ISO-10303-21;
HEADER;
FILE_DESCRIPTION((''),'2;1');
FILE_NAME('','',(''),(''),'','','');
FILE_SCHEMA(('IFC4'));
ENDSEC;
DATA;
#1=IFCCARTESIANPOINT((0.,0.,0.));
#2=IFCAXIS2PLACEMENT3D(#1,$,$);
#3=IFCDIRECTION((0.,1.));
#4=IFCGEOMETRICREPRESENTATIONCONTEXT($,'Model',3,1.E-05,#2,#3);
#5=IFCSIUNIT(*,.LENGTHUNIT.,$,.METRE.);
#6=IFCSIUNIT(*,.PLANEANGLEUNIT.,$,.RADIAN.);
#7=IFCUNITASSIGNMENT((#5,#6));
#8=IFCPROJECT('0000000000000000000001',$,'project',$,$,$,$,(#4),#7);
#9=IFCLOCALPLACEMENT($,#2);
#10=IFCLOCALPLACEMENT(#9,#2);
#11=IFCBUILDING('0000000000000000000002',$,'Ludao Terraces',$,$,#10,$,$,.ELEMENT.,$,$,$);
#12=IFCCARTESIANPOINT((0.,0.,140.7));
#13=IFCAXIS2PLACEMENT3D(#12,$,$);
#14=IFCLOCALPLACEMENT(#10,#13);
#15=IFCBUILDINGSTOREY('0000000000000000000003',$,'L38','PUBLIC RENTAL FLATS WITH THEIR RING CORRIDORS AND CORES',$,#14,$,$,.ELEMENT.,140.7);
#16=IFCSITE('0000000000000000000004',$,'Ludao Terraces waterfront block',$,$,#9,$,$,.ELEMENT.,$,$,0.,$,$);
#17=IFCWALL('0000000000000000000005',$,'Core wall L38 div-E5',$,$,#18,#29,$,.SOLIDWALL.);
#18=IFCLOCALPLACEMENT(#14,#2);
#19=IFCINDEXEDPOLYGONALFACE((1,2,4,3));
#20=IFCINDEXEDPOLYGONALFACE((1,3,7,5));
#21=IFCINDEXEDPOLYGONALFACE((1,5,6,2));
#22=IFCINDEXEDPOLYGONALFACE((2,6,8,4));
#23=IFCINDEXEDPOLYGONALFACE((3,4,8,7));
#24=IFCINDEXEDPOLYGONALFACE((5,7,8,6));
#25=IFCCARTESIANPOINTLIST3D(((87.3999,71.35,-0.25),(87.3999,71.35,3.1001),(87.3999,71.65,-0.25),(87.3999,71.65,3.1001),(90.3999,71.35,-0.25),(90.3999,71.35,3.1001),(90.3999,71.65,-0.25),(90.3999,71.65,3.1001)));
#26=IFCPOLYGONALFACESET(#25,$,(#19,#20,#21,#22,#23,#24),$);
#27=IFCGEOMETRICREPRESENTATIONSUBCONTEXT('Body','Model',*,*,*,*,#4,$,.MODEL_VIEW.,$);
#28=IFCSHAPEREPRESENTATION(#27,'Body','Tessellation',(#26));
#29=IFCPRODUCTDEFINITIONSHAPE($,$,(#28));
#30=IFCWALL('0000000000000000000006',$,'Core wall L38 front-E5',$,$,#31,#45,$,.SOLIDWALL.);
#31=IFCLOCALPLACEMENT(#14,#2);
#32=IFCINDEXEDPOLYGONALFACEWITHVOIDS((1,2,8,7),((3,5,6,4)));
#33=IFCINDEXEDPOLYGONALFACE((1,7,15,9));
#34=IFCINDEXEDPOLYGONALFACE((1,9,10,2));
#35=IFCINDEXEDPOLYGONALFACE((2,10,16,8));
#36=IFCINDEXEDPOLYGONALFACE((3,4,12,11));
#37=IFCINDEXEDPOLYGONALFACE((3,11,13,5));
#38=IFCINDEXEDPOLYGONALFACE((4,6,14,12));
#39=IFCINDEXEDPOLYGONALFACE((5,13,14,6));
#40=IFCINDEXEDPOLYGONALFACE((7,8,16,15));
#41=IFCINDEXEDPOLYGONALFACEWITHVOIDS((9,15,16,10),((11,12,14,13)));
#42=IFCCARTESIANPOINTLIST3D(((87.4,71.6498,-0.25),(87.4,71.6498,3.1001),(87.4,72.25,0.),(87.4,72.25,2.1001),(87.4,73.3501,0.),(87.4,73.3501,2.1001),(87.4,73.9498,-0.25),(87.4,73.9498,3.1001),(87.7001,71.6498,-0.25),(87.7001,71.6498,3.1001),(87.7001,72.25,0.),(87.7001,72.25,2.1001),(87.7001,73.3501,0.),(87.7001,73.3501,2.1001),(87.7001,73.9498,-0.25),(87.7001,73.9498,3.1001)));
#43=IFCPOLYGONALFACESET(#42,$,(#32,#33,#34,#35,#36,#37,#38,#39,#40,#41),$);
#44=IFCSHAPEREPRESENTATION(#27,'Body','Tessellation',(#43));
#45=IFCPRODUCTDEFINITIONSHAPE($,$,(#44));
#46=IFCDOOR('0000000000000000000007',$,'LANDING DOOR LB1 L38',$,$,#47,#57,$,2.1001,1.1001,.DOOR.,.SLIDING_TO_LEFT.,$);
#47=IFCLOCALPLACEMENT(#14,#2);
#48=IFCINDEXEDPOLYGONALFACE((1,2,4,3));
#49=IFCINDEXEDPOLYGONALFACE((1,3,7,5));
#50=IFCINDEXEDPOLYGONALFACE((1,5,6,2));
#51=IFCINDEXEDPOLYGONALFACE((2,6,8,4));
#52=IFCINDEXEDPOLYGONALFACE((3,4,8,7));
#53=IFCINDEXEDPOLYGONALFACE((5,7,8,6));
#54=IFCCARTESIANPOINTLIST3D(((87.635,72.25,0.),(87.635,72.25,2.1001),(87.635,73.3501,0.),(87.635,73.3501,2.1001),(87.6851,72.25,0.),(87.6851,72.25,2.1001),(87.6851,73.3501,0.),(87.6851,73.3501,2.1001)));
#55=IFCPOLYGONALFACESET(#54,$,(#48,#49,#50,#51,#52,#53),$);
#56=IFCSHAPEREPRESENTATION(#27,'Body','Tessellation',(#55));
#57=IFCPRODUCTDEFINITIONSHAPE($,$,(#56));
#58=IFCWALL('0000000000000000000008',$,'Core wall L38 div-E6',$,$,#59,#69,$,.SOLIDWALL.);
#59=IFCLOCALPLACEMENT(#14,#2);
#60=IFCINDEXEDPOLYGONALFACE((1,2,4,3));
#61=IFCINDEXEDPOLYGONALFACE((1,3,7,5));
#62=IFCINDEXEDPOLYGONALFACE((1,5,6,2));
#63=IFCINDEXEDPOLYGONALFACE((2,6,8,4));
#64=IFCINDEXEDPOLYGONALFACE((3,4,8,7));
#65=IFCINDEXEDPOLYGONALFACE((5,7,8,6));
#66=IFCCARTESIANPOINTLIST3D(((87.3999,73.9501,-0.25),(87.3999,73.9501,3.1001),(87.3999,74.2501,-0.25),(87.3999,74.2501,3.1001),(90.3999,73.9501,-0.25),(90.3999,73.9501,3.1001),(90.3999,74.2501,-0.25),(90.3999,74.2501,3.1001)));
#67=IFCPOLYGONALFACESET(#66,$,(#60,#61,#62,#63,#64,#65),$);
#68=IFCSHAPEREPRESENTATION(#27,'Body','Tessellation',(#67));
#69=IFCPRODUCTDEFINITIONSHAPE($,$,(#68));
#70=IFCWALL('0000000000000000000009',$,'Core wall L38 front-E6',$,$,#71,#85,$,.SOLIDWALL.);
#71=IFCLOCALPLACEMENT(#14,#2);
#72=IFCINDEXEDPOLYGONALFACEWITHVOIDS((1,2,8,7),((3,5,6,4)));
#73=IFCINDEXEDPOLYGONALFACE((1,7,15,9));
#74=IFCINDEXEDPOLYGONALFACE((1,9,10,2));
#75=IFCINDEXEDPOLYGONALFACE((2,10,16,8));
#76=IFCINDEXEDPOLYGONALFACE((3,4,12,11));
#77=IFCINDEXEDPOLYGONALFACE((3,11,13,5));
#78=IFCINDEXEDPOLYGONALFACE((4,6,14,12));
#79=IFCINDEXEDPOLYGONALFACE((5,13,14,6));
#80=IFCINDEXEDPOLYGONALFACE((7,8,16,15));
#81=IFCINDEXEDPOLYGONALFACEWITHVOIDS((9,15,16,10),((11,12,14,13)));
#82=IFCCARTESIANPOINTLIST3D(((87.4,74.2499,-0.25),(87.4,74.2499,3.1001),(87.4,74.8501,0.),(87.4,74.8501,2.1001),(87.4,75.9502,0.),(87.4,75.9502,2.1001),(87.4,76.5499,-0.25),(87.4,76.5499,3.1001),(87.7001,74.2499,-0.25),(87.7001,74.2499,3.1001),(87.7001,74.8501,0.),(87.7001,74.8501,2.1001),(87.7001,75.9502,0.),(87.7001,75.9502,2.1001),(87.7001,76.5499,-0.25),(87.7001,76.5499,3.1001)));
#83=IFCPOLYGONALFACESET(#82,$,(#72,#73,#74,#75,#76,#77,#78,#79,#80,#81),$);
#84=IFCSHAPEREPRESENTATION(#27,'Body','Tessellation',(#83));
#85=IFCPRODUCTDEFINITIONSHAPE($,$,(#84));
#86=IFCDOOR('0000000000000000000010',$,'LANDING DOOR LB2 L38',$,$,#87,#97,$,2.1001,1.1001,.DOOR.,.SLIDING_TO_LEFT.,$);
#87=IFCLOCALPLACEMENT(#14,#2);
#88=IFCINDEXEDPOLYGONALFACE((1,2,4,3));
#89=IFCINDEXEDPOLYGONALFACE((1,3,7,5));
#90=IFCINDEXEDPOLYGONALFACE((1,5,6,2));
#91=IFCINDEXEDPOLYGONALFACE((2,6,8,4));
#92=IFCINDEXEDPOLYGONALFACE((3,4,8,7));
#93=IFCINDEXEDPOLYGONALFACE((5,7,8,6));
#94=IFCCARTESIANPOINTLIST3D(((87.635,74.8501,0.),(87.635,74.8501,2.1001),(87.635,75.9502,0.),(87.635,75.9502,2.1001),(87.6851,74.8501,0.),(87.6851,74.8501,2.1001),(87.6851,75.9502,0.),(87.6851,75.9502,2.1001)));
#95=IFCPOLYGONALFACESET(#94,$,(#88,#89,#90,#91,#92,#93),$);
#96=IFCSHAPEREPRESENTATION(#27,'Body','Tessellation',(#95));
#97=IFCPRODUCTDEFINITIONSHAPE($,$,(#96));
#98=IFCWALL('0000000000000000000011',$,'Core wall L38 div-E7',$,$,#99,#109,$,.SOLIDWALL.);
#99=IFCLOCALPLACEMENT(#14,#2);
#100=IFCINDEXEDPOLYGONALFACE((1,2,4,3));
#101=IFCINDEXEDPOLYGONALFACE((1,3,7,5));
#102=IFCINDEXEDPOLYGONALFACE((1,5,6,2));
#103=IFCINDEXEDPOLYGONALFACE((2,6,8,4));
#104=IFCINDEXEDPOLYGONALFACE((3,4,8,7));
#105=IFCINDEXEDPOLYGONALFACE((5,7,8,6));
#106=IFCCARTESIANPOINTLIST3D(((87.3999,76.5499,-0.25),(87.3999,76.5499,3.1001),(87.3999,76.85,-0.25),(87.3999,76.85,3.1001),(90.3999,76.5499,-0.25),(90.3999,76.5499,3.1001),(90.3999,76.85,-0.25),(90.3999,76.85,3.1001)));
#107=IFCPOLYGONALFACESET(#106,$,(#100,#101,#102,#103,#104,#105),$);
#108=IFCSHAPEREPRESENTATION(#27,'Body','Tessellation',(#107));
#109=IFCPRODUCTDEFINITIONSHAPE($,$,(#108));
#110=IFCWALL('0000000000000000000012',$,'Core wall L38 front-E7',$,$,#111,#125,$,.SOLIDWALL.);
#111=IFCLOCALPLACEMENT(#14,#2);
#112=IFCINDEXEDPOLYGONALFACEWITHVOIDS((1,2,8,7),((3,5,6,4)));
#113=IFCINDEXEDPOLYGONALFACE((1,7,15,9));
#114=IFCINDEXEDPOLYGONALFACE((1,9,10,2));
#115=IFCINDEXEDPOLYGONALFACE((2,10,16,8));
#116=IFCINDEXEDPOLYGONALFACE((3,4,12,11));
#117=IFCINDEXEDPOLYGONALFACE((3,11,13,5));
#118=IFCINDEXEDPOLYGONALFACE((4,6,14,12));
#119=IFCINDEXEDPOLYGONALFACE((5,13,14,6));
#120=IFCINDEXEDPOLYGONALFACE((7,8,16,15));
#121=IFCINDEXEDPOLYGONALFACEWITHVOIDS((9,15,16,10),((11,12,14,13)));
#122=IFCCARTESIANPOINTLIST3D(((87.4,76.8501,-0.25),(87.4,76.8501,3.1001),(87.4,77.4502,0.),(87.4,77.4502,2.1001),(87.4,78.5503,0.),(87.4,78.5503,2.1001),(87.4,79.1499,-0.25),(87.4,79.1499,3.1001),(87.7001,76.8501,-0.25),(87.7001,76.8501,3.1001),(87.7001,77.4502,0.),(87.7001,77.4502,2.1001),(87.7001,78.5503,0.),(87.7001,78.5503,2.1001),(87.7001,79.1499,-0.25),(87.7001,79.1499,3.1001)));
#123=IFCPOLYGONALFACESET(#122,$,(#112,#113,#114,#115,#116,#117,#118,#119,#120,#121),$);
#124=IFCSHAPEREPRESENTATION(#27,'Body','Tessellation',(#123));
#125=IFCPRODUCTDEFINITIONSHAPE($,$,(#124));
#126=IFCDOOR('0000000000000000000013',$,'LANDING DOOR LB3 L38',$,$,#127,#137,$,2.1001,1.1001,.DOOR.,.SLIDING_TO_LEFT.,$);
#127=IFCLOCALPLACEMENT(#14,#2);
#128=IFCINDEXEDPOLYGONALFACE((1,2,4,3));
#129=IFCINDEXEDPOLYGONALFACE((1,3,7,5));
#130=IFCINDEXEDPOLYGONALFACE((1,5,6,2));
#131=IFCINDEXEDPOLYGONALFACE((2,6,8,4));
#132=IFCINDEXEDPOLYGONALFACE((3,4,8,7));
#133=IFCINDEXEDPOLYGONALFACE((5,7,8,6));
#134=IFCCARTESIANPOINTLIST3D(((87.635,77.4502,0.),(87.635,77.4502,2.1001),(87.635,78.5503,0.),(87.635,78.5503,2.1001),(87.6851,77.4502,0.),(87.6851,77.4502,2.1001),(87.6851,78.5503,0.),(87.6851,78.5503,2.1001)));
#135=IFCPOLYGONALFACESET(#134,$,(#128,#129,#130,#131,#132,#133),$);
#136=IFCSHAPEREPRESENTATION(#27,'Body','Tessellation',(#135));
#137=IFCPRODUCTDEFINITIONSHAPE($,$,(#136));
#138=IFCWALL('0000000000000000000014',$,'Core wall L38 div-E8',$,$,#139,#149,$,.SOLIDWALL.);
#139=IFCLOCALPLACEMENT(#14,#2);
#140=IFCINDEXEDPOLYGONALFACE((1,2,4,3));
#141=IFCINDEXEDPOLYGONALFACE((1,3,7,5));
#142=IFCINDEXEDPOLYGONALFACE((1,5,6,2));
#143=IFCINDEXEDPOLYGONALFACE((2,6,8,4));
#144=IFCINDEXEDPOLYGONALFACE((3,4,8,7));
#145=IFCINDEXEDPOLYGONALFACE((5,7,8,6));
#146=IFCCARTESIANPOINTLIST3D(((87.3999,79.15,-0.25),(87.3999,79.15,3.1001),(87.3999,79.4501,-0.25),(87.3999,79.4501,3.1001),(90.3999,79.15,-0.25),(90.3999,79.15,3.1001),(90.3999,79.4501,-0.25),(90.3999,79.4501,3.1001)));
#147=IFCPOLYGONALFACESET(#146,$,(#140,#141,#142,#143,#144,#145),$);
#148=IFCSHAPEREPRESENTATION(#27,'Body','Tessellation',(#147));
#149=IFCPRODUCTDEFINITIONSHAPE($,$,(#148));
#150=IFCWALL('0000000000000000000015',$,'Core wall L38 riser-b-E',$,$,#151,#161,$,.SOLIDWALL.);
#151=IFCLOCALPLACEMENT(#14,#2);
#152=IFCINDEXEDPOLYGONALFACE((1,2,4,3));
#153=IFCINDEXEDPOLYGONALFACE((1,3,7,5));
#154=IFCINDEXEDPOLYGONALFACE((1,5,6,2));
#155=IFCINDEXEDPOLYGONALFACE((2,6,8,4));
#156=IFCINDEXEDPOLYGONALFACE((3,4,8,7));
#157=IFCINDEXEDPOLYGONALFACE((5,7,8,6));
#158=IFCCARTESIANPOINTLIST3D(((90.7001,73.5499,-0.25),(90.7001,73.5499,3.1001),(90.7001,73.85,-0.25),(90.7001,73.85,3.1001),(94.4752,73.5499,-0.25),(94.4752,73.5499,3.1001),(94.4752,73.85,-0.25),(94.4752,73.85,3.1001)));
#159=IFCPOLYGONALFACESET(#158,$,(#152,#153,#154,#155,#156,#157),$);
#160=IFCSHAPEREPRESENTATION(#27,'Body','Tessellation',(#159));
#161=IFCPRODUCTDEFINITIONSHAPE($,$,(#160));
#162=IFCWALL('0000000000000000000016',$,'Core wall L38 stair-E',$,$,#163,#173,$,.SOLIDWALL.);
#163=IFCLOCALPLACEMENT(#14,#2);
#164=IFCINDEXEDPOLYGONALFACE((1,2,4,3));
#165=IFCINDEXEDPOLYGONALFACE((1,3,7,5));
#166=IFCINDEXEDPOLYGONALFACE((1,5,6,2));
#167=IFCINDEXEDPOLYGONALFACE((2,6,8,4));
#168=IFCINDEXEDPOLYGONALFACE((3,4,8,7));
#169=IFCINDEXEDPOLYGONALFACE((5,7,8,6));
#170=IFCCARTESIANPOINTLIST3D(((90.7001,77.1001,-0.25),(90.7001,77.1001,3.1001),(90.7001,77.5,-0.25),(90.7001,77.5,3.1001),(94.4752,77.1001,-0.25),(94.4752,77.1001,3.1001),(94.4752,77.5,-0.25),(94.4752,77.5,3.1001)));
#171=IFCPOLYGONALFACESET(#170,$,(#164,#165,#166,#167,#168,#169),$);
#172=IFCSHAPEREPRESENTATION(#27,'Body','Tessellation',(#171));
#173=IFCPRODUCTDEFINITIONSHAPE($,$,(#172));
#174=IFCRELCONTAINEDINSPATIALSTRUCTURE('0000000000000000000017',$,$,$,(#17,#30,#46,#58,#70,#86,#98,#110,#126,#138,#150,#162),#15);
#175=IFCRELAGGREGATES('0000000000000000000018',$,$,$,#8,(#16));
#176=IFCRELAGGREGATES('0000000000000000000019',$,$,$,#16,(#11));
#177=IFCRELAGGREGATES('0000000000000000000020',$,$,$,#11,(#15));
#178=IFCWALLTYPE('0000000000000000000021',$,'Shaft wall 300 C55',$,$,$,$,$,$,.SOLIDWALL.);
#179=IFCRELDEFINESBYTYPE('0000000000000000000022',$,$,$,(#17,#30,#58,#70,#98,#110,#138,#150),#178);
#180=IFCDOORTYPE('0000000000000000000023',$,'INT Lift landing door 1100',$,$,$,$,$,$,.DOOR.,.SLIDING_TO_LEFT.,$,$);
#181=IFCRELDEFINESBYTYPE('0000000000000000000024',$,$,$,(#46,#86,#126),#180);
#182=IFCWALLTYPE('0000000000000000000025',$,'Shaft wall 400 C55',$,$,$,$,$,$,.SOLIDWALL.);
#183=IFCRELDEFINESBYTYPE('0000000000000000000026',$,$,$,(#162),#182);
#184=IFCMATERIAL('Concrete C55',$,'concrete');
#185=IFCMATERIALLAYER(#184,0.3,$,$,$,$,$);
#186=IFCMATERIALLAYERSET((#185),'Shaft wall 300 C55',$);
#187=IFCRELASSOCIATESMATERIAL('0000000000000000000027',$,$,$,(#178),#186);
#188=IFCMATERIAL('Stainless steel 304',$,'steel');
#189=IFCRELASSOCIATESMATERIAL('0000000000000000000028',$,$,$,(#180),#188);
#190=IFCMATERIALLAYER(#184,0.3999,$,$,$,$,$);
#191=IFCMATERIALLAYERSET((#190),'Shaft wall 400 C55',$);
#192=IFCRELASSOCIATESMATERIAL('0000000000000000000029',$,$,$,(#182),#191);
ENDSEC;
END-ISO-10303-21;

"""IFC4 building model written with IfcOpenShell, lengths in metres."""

from ifc_helpers import new_model, si_unit, direction, frame, frame_2d, origin, place, context, subcontext, project, spatial, rectangle, extrude, material, layer, layer_set, type_object, element, fill, save


model = new_model("IFC4")

# Units and contexts
model_context = context("Model", 3, precision=1e-05, world=origin(), true_north=direction((0.0, 1.0)))
body_context = subcontext(model_context, "Body", "Model", "MODEL_VIEW")
ifc_project = project(units=[si_unit("LENGTHUNIT", "METRE"), si_unit("PLANEANGLEUNIT", "RADIAN")], contexts=[model_context])

# Site, building, storey
site_placement = place(None, origin())
site = spatial("IfcSite", under=ifc_project, at=site_placement, Name="Ludao Terraces waterfront block", CompositionType="ELEMENT", RefElevation=0.0)
building_placement = place(site_placement, origin())
building = spatial("IfcBuilding", under=site, at=building_placement, Name="Ludao Terraces", CompositionType="ELEMENT")
storey_placement = place(building_placement, frame((0.0, 0.0, 140.7)))
storey = spatial("IfcBuildingStorey", under=building, at=storey_placement, Name="L38", Description="PUBLIC RENTAL FLATS WITH THEIR RING CORRIDORS AND CORES", CompositionType="ELEMENT", Elevation=140.7)

# Shared definitions
ifc_material_1 = material(Name="Concrete C55", Category="concrete")
ifc_layer_1 = layer(ifc_material_1, 0.3)
ifc_layer_set_1 = layer_set([ifc_layer_1], Name="Shaft wall 300 C55")
wall_type_1 = type_object("IfcWallType", Name="Shaft wall 300 C55", PredefinedType="SOLIDWALL", material=ifc_layer_set_1)

# Wall
wall_1_placement = place(storey_placement, frame((87.3999, 71.5, -0.25), z_axis=(0.0, 0.0, 1.0), x_axis=(1.0, 0.0, 0.0)))
element("IfcWall", 1, at=wall_1_placement, inside=storey, type_object=wall_type_1, Name="Core wall L38 div-E5", PredefinedType="SOLIDWALL", context=body_context, shape_type="SweptSolid", body=[
    extrude(rectangle(XDim=3.0, YDim=0.3, at=frame_2d((1.5, 0.0))), origin(), (0.0, 0.0, 1.0), 3.3501),
])

# Wall, opening, door
wall_2_placement = place(storey_placement, frame((87.55, 71.6499, -0.25), z_axis=(0.0, 0.0, 1.0), x_axis=(0.0, 1.0, 0.0)))
wall_2 = element("IfcWall", 2, at=wall_2_placement, inside=storey, type_object=wall_type_1, Name="Core wall L38 front-E5", PredefinedType="SOLIDWALL", context=body_context, shape_type="SweptSolid", body=[
    extrude(rectangle(XDim=2.3, YDim=0.3, at=frame_2d((1.1499, 0.0))), origin(), (0.0, 0.0, 1.0), 3.3501),
])
opening_1_placement = place(wall_2_placement, frame((0.6001, 0.0, 0.25)))
opening_1 = element("IfcOpeningElement", 3, at=opening_1_placement, cuts=wall_2, PredefinedType="OPENING", context=body_context, shape_type="SweptSolid", body=[
    extrude(rectangle(XDim=1.1001, YDim=2.1001, at=frame_2d((0.55, 1.05))), frame((0.0, 0.1602, 0.0), z_axis=(0.0, -1.0, 0.0), x_axis=(1.0, 0.0, 0.0)), (0.0, 0.0, 1.0), 0.3201),
])
ifc_material_2 = material(Name="Stainless steel 304", Category="steel")
door_type_1 = type_object("IfcDoorType", Name="INT Lift landing door 1100", OperationType="SLIDING_TO_LEFT", PredefinedType="DOOR", material=ifc_material_2)
door_1_placement = place(opening_1_placement, origin())
door_1 = element("IfcDoor", 4, at=door_1_placement, inside=storey, type_object=door_type_1, Name="LANDING DOOR LB1 L38", OperationType="SLIDING_TO_LEFT", OverallHeight=2.1001, OverallWidth=1.1001, PredefinedType="DOOR", context=body_context, shape_type="SweptSolid", body=[
    extrude(rectangle(XDim=1.1001, YDim=2.1001, at=frame_2d((0.55, 1.05))), frame((0.0, -0.085, 0.0), z_axis=(0.0, -1.0, 0.0), x_axis=(1.0, 0.0, 0.0)), (0.0, 0.0, 1.0), 0.05),
])
fill(opening_1, door_1)

# Wall
wall_3_placement = place(storey_placement, frame((87.3999, 74.1001, -0.25), z_axis=(0.0, 0.0, 1.0), x_axis=(1.0, 0.0, 0.0)))
element("IfcWall", 5, at=wall_3_placement, inside=storey, type_object=wall_type_1, Name="Core wall L38 div-E6", PredefinedType="SOLIDWALL", context=body_context, shape_type="SweptSolid", body=[
    extrude(rectangle(XDim=3.0, YDim=0.3, at=frame_2d((1.5, 0.0))), origin(), (0.0, 0.0, 1.0), 3.3501),
])

# Wall, opening, door
wall_4_placement = place(storey_placement, frame((87.55, 74.25, -0.25), z_axis=(0.0, 0.0, 1.0), x_axis=(0.0, 1.0, 0.0)))
wall_4 = element("IfcWall", 6, at=wall_4_placement, inside=storey, type_object=wall_type_1, Name="Core wall L38 front-E6", PredefinedType="SOLIDWALL", context=body_context, shape_type="SweptSolid", body=[
    extrude(rectangle(XDim=2.3, YDim=0.3, at=frame_2d((1.1499, 0.0))), origin(), (0.0, 0.0, 1.0), 3.3501),
])
opening_2_placement = place(wall_4_placement, frame((0.6001, 0.0, 0.25)))
opening_2 = element("IfcOpeningElement", 7, at=opening_2_placement, cuts=wall_4, PredefinedType="OPENING", context=body_context, shape_type="SweptSolid", body=[
    extrude(rectangle(XDim=1.1001, YDim=2.1001, at=frame_2d((0.55, 1.05))), frame((0.0, 0.1602, 0.0), z_axis=(0.0, -1.0, 0.0), x_axis=(1.0, 0.0, 0.0)), (0.0, 0.0, 1.0), 0.3201),
])
door_2_placement = place(opening_2_placement, origin())
door_2 = element("IfcDoor", 8, at=door_2_placement, inside=storey, type_object=door_type_1, Name="LANDING DOOR LB2 L38", OperationType="SLIDING_TO_LEFT", OverallHeight=2.1001, OverallWidth=1.1001, PredefinedType="DOOR", context=body_context, shape_type="SweptSolid", body=[
    extrude(rectangle(XDim=1.1001, YDim=2.1001, at=frame_2d((0.55, 1.05))), frame((0.0, -0.085, 0.0), z_axis=(0.0, -1.0, 0.0), x_axis=(1.0, 0.0, 0.0)), (0.0, 0.0, 1.0), 0.05),
])
fill(opening_2, door_2)

# Wall
wall_5_placement = place(storey_placement, frame((87.3999, 76.7, -0.25), z_axis=(0.0, 0.0, 1.0), x_axis=(1.0, 0.0, 0.0)))
element("IfcWall", 9, at=wall_5_placement, inside=storey, type_object=wall_type_1, Name="Core wall L38 div-E7", PredefinedType="SOLIDWALL", context=body_context, shape_type="SweptSolid", body=[
    extrude(rectangle(XDim=3.0, YDim=0.3, at=frame_2d((1.5, 0.0))), origin(), (0.0, 0.0, 1.0), 3.3501),
])

# Wall, opening, door
wall_6_placement = place(storey_placement, frame((87.55, 76.8501, -0.25), z_axis=(0.0, 0.0, 1.0), x_axis=(0.0, 1.0, 0.0)))
wall_6 = element("IfcWall", 10, at=wall_6_placement, inside=storey, type_object=wall_type_1, Name="Core wall L38 front-E7", PredefinedType="SOLIDWALL", context=body_context, shape_type="SweptSolid", body=[
    extrude(rectangle(XDim=2.2998, YDim=0.3, at=frame_2d((1.1499, 0.0))), origin(), (0.0, 0.0, 1.0), 3.3501),
])
opening_3_placement = place(wall_6_placement, frame((0.6001, 0.0, 0.25)))
opening_3 = element("IfcOpeningElement", 11, at=opening_3_placement, cuts=wall_6, PredefinedType="OPENING", context=body_context, shape_type="SweptSolid", body=[
    extrude(rectangle(XDim=1.1001, YDim=2.1001, at=frame_2d((0.55, 1.05))), frame((0.0, 0.1602, 0.0), z_axis=(0.0, -1.0, 0.0), x_axis=(1.0, 0.0, 0.0)), (0.0, 0.0, 1.0), 0.3201),
])
door_3_placement = place(opening_3_placement, origin())
door_3 = element("IfcDoor", 12, at=door_3_placement, inside=storey, type_object=door_type_1, Name="LANDING DOOR LB3 L38", OperationType="SLIDING_TO_LEFT", OverallHeight=2.1001, OverallWidth=1.1001, PredefinedType="DOOR", context=body_context, shape_type="SweptSolid", body=[
    extrude(rectangle(XDim=1.1001, YDim=2.1001, at=frame_2d((0.55, 1.05))), frame((0.0, -0.085, 0.0), z_axis=(0.0, -1.0, 0.0), x_axis=(1.0, 0.0, 0.0)), (0.0, 0.0, 1.0), 0.05),
])
fill(opening_3, door_3)

# Walls
wall_7_placement = place(storey_placement, frame((87.3999, 79.3, -0.25), z_axis=(0.0, 0.0, 1.0), x_axis=(1.0, 0.0, 0.0)))
element("IfcWall", 13, at=wall_7_placement, inside=storey, type_object=wall_type_1, Name="Core wall L38 div-E8", PredefinedType="SOLIDWALL", context=body_context, shape_type="SweptSolid", body=[
    extrude(rectangle(XDim=3.0, YDim=0.3, at=frame_2d((1.5, 0.0))), origin(), (0.0, 0.0, 1.0), 3.3501),
])
wall_8_placement = place(storey_placement, frame((90.7, 73.7, -0.25), z_axis=(0.0, 0.0, 1.0), x_axis=(1.0, 0.0, 0.0)))
element("IfcWall", 14, at=wall_8_placement, inside=storey, type_object=wall_type_1, Name="Core wall L38 riser-b-E", PredefinedType="SOLIDWALL", context=body_context, shape_type="SweptSolid", body=[
    extrude(rectangle(XDim=3.7751, YDim=0.3, at=frame_2d((1.8877, 0.0))), origin(), (0.0, 0.0, 1.0), 3.3501),
])
ifc_layer_2 = layer(ifc_material_1, 0.3999)
ifc_layer_set_2 = layer_set([ifc_layer_2], Name="Shaft wall 400 C55")
wall_type_2 = type_object("IfcWallType", Name="Shaft wall 400 C55", PredefinedType="SOLIDWALL", material=ifc_layer_set_2)
wall_9_placement = place(storey_placement, frame((90.7, 77.3, -0.25), z_axis=(0.0, 0.0, 1.0), x_axis=(1.0, 0.0, 0.0)))
element("IfcWall", 15, at=wall_9_placement, inside=storey, type_object=wall_type_2, Name="Core wall L38 stair-E", PredefinedType="SOLIDWALL", context=body_context, shape_type="SweptSolid", body=[
    extrude(rectangle(XDim=3.7751, YDim=0.3999, at=frame_2d((1.8877, 0.0))), origin(), (0.0, 0.0, 1.0), 3.3501),
])

save(model, "model.ifc")
